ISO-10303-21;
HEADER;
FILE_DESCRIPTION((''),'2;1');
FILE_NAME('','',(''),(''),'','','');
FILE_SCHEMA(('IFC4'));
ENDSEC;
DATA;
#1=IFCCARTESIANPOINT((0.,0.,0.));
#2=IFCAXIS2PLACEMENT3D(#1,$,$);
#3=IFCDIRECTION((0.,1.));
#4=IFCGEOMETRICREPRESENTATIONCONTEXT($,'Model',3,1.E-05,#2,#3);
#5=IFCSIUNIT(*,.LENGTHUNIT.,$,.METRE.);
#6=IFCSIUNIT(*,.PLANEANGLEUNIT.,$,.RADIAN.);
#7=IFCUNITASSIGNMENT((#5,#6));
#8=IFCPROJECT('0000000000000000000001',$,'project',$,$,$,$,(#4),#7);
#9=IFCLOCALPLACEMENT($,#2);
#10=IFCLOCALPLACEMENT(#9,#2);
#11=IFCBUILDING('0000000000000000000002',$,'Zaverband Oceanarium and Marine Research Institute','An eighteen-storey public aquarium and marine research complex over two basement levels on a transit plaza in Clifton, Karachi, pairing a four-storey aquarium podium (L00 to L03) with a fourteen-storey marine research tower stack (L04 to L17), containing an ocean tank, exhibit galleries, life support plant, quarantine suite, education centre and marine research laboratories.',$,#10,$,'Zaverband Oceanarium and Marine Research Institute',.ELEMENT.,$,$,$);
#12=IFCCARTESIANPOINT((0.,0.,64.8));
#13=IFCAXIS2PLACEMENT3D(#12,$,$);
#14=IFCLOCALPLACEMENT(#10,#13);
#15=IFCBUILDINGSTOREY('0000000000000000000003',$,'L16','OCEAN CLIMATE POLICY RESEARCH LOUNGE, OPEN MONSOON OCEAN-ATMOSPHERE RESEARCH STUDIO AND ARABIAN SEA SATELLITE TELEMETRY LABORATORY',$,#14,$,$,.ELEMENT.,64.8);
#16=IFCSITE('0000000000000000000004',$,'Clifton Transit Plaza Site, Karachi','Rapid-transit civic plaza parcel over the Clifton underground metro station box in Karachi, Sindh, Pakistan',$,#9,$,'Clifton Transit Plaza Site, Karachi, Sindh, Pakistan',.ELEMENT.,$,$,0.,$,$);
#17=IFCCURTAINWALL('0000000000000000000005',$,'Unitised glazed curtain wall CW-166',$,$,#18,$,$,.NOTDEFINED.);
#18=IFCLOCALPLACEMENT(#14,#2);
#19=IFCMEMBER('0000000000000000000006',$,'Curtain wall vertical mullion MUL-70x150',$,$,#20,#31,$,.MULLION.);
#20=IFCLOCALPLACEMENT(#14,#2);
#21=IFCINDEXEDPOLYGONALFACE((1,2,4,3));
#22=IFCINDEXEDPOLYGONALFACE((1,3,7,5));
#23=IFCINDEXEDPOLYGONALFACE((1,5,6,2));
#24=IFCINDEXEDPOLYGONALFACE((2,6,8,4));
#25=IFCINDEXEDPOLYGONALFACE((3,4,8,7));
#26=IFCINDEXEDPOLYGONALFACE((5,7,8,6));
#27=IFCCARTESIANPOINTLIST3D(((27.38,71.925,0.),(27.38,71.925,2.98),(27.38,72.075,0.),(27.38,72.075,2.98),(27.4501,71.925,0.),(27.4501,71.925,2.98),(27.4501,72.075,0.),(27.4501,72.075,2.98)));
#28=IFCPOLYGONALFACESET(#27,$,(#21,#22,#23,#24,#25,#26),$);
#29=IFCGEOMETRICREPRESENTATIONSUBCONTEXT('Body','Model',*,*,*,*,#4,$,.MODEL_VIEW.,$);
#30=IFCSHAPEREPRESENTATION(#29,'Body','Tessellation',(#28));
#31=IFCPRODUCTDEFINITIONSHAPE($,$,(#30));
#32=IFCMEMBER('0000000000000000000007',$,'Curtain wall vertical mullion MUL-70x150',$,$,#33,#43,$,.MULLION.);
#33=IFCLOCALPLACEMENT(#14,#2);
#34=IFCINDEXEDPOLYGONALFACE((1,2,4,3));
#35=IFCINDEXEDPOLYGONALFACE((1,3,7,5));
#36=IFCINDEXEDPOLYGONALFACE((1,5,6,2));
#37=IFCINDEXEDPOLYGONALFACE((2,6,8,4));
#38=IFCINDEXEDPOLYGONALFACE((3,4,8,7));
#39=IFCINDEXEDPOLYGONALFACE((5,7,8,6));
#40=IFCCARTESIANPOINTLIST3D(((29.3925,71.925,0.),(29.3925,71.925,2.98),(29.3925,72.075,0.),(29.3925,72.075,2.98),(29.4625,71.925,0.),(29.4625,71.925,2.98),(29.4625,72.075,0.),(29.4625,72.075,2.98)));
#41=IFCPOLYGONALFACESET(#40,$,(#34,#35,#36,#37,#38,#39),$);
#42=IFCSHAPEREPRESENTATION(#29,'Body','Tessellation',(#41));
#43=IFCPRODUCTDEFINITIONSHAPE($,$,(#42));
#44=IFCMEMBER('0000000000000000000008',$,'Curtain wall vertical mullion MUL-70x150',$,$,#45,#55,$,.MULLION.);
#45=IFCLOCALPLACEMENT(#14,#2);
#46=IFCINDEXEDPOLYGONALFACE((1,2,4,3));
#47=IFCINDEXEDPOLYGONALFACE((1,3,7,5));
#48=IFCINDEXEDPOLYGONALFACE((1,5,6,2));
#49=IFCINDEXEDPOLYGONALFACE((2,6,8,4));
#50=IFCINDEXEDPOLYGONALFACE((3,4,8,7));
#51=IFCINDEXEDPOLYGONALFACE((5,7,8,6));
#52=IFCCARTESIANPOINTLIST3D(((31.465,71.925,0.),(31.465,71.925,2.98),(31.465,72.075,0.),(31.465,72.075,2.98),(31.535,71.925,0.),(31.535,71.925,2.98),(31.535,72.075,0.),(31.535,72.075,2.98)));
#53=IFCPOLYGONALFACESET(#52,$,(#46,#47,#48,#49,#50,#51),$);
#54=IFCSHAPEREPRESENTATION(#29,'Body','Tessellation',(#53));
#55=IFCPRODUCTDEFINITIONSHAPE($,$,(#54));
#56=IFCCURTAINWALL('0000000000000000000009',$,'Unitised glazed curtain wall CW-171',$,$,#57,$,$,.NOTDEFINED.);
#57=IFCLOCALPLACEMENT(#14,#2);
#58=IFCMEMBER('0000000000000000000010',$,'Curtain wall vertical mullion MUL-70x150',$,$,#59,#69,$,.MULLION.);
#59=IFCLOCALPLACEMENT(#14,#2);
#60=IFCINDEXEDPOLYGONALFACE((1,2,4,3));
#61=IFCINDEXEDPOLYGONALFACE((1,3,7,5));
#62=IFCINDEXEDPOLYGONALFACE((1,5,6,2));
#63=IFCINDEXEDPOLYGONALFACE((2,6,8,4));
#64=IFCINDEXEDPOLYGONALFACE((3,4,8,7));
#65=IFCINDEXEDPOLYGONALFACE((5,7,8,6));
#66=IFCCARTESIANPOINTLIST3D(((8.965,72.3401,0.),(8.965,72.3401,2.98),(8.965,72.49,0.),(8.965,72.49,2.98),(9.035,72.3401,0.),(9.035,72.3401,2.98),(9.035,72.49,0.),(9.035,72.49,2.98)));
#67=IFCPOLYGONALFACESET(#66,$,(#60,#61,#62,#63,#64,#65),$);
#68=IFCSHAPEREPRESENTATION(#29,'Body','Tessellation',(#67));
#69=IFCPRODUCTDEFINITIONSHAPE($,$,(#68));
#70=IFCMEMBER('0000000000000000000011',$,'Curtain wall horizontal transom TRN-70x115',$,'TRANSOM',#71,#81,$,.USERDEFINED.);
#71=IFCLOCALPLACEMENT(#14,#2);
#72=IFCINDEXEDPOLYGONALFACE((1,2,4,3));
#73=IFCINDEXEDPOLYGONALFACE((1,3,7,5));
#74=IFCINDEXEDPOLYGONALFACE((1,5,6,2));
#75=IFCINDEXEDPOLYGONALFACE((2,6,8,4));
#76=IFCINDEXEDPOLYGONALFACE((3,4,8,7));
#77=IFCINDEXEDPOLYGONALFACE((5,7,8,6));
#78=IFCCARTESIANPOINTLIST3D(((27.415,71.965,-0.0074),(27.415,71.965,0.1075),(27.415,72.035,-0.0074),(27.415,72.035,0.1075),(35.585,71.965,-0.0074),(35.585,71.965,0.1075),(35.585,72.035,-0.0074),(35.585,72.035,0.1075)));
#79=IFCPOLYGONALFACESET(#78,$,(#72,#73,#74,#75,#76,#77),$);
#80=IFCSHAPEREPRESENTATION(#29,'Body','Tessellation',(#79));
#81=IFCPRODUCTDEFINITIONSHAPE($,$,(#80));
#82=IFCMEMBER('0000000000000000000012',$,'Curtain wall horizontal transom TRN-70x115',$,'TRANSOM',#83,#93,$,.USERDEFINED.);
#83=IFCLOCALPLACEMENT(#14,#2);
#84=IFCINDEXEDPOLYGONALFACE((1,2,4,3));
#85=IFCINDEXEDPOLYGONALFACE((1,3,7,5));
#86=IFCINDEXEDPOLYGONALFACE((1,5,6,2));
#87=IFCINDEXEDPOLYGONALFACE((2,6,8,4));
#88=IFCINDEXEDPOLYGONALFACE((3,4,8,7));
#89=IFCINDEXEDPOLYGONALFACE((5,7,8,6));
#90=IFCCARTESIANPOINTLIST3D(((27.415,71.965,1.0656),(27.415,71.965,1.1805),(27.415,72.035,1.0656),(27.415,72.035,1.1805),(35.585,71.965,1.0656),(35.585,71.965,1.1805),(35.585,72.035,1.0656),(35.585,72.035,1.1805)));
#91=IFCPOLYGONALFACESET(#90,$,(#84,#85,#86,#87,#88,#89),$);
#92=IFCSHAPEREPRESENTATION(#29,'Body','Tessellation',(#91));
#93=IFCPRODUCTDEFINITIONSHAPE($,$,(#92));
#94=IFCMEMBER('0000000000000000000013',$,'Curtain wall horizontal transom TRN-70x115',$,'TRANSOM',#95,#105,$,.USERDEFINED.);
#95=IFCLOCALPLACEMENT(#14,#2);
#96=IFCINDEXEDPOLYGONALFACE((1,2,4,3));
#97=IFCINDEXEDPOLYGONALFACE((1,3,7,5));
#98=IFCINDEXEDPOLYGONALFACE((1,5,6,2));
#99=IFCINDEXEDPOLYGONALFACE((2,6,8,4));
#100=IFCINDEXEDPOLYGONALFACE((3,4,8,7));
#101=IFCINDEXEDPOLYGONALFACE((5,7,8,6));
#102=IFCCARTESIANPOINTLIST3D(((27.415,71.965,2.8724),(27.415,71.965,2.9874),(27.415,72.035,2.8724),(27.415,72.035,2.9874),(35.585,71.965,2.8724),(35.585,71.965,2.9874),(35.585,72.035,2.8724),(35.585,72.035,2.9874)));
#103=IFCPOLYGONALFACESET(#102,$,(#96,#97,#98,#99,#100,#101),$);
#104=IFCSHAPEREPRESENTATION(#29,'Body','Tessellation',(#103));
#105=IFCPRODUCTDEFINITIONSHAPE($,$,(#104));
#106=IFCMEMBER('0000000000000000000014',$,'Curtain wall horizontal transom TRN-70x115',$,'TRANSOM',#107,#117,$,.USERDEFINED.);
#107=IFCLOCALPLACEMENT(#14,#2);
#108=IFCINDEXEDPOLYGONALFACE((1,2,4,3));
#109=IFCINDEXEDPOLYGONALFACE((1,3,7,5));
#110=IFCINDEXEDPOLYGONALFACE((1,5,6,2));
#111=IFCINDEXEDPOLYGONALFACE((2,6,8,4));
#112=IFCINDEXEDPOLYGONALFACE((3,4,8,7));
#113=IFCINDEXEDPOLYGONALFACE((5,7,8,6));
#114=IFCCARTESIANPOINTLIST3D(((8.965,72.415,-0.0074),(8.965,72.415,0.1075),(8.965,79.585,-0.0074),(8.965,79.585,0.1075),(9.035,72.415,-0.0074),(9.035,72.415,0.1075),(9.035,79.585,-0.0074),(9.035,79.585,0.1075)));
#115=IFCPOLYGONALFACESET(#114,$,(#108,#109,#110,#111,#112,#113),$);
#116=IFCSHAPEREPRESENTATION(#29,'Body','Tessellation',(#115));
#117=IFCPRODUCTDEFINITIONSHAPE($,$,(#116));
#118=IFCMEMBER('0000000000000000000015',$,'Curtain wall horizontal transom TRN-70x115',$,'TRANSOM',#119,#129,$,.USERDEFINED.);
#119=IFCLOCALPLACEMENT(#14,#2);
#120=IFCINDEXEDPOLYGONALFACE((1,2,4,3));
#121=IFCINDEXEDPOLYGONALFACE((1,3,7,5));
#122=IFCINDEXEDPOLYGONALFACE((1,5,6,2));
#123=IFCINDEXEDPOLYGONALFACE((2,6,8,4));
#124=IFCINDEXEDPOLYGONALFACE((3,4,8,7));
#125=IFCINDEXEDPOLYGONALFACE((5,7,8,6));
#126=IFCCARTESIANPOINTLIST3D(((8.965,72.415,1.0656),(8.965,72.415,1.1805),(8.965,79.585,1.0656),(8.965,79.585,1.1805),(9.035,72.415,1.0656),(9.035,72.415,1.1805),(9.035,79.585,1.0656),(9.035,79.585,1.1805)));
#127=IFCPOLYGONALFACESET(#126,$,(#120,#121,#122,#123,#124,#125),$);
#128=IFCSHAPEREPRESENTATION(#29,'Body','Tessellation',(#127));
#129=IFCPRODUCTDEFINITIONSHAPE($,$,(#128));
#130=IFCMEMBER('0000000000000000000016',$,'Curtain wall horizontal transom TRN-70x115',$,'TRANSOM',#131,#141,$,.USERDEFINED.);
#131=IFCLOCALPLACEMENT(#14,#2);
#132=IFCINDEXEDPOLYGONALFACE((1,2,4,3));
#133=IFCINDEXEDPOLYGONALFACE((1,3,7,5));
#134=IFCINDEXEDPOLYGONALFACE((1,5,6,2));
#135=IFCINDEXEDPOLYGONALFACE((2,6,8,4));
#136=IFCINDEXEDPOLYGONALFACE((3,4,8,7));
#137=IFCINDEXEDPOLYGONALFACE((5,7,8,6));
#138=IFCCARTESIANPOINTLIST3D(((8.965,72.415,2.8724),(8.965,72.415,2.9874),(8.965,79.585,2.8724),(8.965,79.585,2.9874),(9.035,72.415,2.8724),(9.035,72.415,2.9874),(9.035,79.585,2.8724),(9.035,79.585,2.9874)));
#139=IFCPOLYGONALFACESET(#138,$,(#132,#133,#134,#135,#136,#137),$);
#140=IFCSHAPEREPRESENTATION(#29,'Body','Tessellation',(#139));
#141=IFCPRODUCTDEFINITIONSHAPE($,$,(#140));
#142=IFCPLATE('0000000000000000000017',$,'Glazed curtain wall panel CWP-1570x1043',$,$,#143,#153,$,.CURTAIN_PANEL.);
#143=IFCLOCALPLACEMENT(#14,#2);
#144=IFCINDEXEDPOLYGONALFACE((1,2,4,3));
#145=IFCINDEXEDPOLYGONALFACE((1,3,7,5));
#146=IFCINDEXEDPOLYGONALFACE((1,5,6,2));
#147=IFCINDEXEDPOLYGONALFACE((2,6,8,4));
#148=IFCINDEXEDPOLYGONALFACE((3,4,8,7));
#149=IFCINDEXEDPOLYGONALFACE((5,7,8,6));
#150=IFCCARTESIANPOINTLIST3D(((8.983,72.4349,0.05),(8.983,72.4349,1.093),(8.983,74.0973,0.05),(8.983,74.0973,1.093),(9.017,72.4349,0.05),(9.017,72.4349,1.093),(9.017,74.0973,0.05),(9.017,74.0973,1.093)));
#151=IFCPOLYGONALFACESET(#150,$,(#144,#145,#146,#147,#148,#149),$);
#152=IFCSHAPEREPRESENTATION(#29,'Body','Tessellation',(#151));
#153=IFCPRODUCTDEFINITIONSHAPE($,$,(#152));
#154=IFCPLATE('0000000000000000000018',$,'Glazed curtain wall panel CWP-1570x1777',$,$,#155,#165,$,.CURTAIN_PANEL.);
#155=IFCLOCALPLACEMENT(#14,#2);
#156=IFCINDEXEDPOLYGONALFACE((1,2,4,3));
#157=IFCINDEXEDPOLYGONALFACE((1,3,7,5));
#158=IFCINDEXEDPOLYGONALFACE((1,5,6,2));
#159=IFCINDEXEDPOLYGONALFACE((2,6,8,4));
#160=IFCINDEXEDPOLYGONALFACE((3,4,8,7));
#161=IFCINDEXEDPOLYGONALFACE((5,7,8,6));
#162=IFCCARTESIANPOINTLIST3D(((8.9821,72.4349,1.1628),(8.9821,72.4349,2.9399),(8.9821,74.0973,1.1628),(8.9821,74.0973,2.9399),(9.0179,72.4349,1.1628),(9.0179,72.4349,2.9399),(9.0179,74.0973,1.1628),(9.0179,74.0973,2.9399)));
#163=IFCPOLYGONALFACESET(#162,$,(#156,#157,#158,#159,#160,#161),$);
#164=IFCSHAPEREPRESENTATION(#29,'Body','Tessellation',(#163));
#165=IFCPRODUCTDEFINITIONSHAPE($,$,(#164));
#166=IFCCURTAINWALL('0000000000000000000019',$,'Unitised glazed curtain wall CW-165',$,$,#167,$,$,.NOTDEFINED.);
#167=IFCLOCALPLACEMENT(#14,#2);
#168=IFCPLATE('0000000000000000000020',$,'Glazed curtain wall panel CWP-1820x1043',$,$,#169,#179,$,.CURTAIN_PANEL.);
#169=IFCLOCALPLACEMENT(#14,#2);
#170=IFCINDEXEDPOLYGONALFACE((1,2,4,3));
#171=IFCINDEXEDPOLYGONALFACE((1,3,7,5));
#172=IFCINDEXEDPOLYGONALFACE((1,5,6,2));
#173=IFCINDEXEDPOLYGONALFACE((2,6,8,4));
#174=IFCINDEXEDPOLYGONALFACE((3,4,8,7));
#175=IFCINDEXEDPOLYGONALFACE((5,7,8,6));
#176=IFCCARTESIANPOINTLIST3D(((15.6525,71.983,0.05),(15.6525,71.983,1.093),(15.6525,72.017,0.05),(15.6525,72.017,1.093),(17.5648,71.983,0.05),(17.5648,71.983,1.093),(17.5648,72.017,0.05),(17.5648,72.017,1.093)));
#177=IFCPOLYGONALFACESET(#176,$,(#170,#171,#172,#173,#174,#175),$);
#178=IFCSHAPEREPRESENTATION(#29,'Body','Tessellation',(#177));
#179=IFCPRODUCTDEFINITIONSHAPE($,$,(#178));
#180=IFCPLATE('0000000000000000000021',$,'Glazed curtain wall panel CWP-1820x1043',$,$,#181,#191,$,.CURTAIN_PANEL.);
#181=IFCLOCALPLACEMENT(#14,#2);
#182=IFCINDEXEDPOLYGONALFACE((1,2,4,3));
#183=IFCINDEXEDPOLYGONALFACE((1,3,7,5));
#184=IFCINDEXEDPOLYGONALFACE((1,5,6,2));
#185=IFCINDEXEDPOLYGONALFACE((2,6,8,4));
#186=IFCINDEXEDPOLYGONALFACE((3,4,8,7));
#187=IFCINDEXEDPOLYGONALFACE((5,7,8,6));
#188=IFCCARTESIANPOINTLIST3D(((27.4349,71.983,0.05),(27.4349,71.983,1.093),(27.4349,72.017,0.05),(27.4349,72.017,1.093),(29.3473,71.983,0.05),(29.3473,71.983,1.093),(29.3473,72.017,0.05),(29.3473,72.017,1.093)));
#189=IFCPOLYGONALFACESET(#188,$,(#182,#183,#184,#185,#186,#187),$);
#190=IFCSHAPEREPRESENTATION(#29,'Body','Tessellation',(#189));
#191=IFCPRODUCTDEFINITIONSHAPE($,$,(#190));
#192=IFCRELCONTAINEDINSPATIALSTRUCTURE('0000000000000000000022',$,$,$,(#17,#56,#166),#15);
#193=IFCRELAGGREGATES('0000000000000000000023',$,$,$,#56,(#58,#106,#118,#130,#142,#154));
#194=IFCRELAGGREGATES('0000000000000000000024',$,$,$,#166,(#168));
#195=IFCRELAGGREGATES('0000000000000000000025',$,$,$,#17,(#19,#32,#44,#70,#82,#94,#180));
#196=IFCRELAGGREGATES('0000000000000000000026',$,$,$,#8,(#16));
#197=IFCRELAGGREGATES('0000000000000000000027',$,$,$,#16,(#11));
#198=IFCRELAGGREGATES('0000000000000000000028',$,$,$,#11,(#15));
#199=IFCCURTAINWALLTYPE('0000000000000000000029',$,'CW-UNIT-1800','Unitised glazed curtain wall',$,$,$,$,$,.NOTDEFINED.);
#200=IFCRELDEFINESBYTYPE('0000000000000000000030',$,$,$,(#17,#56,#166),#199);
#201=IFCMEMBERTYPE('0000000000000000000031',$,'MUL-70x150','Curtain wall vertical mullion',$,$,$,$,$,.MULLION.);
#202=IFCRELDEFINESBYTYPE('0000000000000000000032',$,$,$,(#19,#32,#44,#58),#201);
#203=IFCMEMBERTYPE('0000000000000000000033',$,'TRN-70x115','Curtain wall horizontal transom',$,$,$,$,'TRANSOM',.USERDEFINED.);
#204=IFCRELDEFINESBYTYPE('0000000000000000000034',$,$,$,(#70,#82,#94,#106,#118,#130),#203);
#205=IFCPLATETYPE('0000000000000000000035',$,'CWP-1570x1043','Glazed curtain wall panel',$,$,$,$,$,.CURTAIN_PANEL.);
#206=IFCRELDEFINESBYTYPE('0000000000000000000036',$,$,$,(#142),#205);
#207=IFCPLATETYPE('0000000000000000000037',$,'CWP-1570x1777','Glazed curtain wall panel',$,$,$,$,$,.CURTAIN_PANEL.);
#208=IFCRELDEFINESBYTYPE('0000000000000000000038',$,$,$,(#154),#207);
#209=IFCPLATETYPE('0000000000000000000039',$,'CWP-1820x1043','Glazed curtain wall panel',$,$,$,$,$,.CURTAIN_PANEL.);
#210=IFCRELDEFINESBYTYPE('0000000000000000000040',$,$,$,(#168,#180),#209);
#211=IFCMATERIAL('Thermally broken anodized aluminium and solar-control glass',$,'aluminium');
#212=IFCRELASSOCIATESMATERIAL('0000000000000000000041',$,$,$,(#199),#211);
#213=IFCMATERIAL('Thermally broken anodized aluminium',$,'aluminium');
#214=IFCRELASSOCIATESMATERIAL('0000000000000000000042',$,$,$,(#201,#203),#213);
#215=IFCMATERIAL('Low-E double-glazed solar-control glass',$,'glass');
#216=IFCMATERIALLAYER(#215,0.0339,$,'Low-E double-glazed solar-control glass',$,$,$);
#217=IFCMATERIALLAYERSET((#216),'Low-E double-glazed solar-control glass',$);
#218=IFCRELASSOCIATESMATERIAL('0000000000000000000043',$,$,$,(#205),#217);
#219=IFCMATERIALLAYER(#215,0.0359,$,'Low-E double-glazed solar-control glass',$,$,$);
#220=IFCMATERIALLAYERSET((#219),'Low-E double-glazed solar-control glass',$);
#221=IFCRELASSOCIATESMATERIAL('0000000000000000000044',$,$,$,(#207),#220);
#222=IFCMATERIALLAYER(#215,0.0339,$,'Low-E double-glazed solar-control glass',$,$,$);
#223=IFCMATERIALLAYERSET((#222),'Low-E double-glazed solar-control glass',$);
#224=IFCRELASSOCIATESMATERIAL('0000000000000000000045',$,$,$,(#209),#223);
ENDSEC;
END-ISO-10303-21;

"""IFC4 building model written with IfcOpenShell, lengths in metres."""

from ifc_helpers import new_model, si_unit, direction, frame, frame_2d, origin, origin_2d, place, context, subcontext, project, spatial, rectangle, extrude, material, layer, layer_set, material_profile, profile_set, type_object, element, aggregate, save


model = new_model("IFC4")

# Units and contexts
model_context = context("Model", 3, precision=1e-05, world=origin(), true_north=direction((0.0, 1.0)))
body_context = subcontext(model_context, "Body", "Model", "MODEL_VIEW")
ifc_project = project(units=[si_unit("LENGTHUNIT", "METRE"), si_unit("PLANEANGLEUNIT", "RADIAN")], contexts=[model_context])

# Site, building, storey
site_placement = place(None, origin())
site = spatial("IfcSite", under=ifc_project, at=site_placement, Name="Clifton Transit Plaza Site, Karachi", Description="Rapid-transit civic plaza parcel over the Clifton underground metro station box in Karachi, Sindh, Pakistan", LongName="Clifton Transit Plaza Site, Karachi, Sindh, Pakistan", CompositionType="ELEMENT", RefElevation=0.0)
building_placement = place(site_placement, origin())
building = spatial("IfcBuilding", under=site, at=building_placement, Name="Zaverband Oceanarium and Marine Research Institute", Description="An eighteen-storey public aquarium and marine research complex over two basement levels on a transit plaza in Clifton, Karachi, pairing a four-storey aquarium podium (L00 to L03) with a fourteen-storey marine research tower stack (L04 to L17), containing an ocean tank, exhibit galleries, life support plant, quarantine suite, education centre and marine research laboratories.", LongName="Zaverband Oceanarium and Marine Research Institute", CompositionType="ELEMENT")
storey_placement = place(building_placement, frame((0.0, 0.0, 64.8)))
storey = spatial("IfcBuildingStorey", under=building, at=storey_placement, Name="L16", Description="OCEAN CLIMATE POLICY RESEARCH LOUNGE, OPEN MONSOON OCEAN-ATMOSPHERE RESEARCH STUDIO AND ARABIAN SEA SATELLITE TELEMETRY LABORATORY", CompositionType="ELEMENT", Elevation=64.8)

# Curtain wall, members
ifc_material_1 = material(Name="Thermally broken anodized aluminium and solar-control glass", Category="aluminium")
curtain_wall_type = type_object("IfcCurtainWallType", Name="CW-UNIT-1800", Description="Unitised glazed curtain wall", PredefinedType="NOTDEFINED", material=ifc_material_1)
curtain_wall_1_placement = place(storey_placement, origin())
curtain_wall_1 = element("IfcCurtainWall", 1, at=curtain_wall_1_placement, inside=storey, type_object=curtain_wall_type, Name="Unitised glazed curtain wall CW-166", PredefinedType="NOTDEFINED")
ifc_material_2 = material(Name="Thermally broken anodized aluminium", Category="aluminium")
ifc_material_profile_1 = material_profile(ifc_material_2, rectangle(XDim=0.0701, YDim=0.1499, at=origin_2d()), Name="AL-MUL-70x150")
ifc_profile_set_1 = profile_set([ifc_material_profile_1], Name="Thermally broken anodized aluminium")
member_type_1 = type_object("IfcMemberType", Name="MUL-70x150", Description="Curtain wall vertical mullion", PredefinedType="MULLION", material=ifc_profile_set_1)
member_1_placement = place(storey_placement, frame((27.415, 72.0, 0.0), z_axis=(0.0, 0.0, 1.0), x_axis=(1.0, 0.0, 0.0)))
member_1 = element("IfcMember", 2, at=member_1_placement, type_object=member_type_1, Name="Curtain wall vertical mullion MUL-70x150", PredefinedType="MULLION", context=body_context, shape_type="SweptSolid", body=[
    extrude(rectangle(XDim=0.0701, YDim=0.1499, at=origin_2d()), origin(), (0.0, 0.0, 1.0), 2.98),
])
member_2_placement = place(storey_placement, frame((29.4275, 72.0, 0.0), z_axis=(0.0, 0.0, 1.0), x_axis=(1.0, 0.0, 0.0)))
member_2 = element("IfcMember", 3, at=member_2_placement, type_object=member_type_1, Name="Curtain wall vertical mullion MUL-70x150", PredefinedType="MULLION", context=body_context, shape_type="SweptSolid", body=[
    extrude(rectangle(XDim=0.0701, YDim=0.1499, at=origin_2d()), origin(), (0.0, 0.0, 1.0), 2.98),
])
member_3_placement = place(storey_placement, frame((31.5, 72.0, 0.0), z_axis=(0.0, 0.0, 1.0), x_axis=(1.0, 0.0, 0.0)))
member_3 = element("IfcMember", 4, at=member_3_placement, type_object=member_type_1, Name="Curtain wall vertical mullion MUL-70x150", PredefinedType="MULLION", context=body_context, shape_type="SweptSolid", body=[
    extrude(rectangle(XDim=0.0701, YDim=0.1499, at=origin_2d()), origin(), (0.0, 0.0, 1.0), 2.98),
])

# Curtain wall, member
curtain_wall_2_placement = place(storey_placement, origin())
curtain_wall_2 = element("IfcCurtainWall", 5, at=curtain_wall_2_placement, inside=storey, type_object=curtain_wall_type, Name="Unitised glazed curtain wall CW-171", PredefinedType="NOTDEFINED")
member_4_placement = place(storey_placement, frame((9.0, 72.415, 0.0), z_axis=(0.0, 0.0, 1.0), x_axis=(1.0, 0.0, 0.0)))
member_4 = element("IfcMember", 6, at=member_4_placement, type_object=member_type_1, Name="Curtain wall vertical mullion MUL-70x150", PredefinedType="MULLION", context=body_context, shape_type="SweptSolid", body=[
    extrude(rectangle(XDim=0.0701, YDim=0.1499, at=origin_2d()), origin(), (0.0, 0.0, 1.0), 2.98),
])

# Members
ifc_material_profile_2 = material_profile(ifc_material_2, rectangle(XDim=0.0701, YDim=0.115, at=origin_2d()), Name="AL-TRN-70x115")
ifc_profile_set_2 = profile_set([ifc_material_profile_2], Name="Thermally broken anodized aluminium")
member_type_2 = type_object("IfcMemberType", Name="TRN-70x115", Description="Curtain wall horizontal transom", ElementType="TRANSOM", PredefinedType="USERDEFINED", material=ifc_profile_set_2)
member_5_placement = place(storey_placement, frame((27.415, 72.0, 0.05), z_axis=(1.0, 0.0, 0.0), x_axis=(0.0, 1.0, 0.0)))
member_5 = element("IfcMember", 7, at=member_5_placement, type_object=member_type_2, Name="Curtain wall horizontal transom TRN-70x115", ObjectType="TRANSOM", PredefinedType="USERDEFINED", context=body_context, shape_type="SweptSolid", body=[
    extrude(rectangle(XDim=0.0701, YDim=0.115, at=origin_2d()), origin(), (0.0, 0.0, 1.0), 8.1699),
])
member_6_placement = place(storey_placement, frame((27.415, 72.0, 1.123), z_axis=(1.0, 0.0, 0.0), x_axis=(0.0, 1.0, 0.0)))
member_6 = element("IfcMember", 8, at=member_6_placement, type_object=member_type_2, Name="Curtain wall horizontal transom TRN-70x115", ObjectType="TRANSOM", PredefinedType="USERDEFINED", context=body_context, shape_type="SweptSolid", body=[
    extrude(rectangle(XDim=0.0701, YDim=0.115, at=origin_2d()), origin(), (0.0, 0.0, 1.0), 8.1699),
])
member_7_placement = place(storey_placement, frame((27.415, 72.0, 2.9299), z_axis=(1.0, 0.0, 0.0), x_axis=(0.0, 1.0, 0.0)))
member_7 = element("IfcMember", 9, at=member_7_placement, type_object=member_type_2, Name="Curtain wall horizontal transom TRN-70x115", ObjectType="TRANSOM", PredefinedType="USERDEFINED", context=body_context, shape_type="SweptSolid", body=[
    extrude(rectangle(XDim=0.0701, YDim=0.115, at=origin_2d()), origin(), (0.0, 0.0, 1.0), 8.1699),
])
member_8_placement = place(storey_placement, frame((9.0, 72.415, 0.05), z_axis=(0.0, 1.0, 0.0), x_axis=(-1.0, 0.0, 0.0)))
member_8 = element("IfcMember", 10, at=member_8_placement, type_object=member_type_2, Name="Curtain wall horizontal transom TRN-70x115", ObjectType="TRANSOM", PredefinedType="USERDEFINED", context=body_context, shape_type="SweptSolid", body=[
    extrude(rectangle(XDim=0.0701, YDim=0.115, at=origin_2d()), origin(), (0.0, 0.0, 1.0), 7.1699),
])
member_9_placement = place(storey_placement, frame((9.0, 72.415, 1.123), z_axis=(0.0, 1.0, 0.0), x_axis=(-1.0, 0.0, 0.0)))
member_9 = element("IfcMember", 11, at=member_9_placement, type_object=member_type_2, Name="Curtain wall horizontal transom TRN-70x115", ObjectType="TRANSOM", PredefinedType="USERDEFINED", context=body_context, shape_type="SweptSolid", body=[
    extrude(rectangle(XDim=0.0701, YDim=0.115, at=origin_2d()), origin(), (0.0, 0.0, 1.0), 7.1699),
])
member_10_placement = place(storey_placement, frame((9.0, 72.415, 2.9299), z_axis=(0.0, 1.0, 0.0), x_axis=(-1.0, 0.0, 0.0)))
member_10 = element("IfcMember", 12, at=member_10_placement, type_object=member_type_2, Name="Curtain wall horizontal transom TRN-70x115", ObjectType="TRANSOM", PredefinedType="USERDEFINED", context=body_context, shape_type="SweptSolid", body=[
    extrude(rectangle(XDim=0.0701, YDim=0.115, at=origin_2d()), origin(), (0.0, 0.0, 1.0), 7.1699),
])

# Plates
ifc_material_3 = material(Name="Low-E double-glazed solar-control glass", Category="glass")
ifc_layer_1 = layer(ifc_material_3, 0.0339, Name="Low-E double-glazed solar-control glass")
ifc_layer_set_1 = layer_set([ifc_layer_1], Name="Low-E double-glazed solar-control glass")
plate_type_1 = type_object("IfcPlateType", Name="CWP-1570x1043", Description="Glazed curtain wall panel", PredefinedType="CURTAIN_PANEL", material=ifc_layer_set_1)
plate_1_placement = place(storey_placement, frame((9.0, 72.4351, 0.05), z_axis=(0.0, 0.0, 1.0), x_axis=(0.0, 1.0, 0.0)))
plate_1 = element("IfcPlate", 13, at=plate_1_placement, type_object=plate_type_1, Name="Glazed curtain wall panel CWP-1570x1043", PredefinedType="CURTAIN_PANEL", context=body_context, shape_type="SweptSolid", body=[
    extrude(rectangle(XDim=1.6624, YDim=0.0339, at=frame_2d((0.8311, 0.0))), origin(), (0.0, 0.0, 1.0), 1.043),
])
ifc_layer_2 = layer(ifc_material_3, 0.0359, Name="Low-E double-glazed solar-control glass")
ifc_layer_set_2 = layer_set([ifc_layer_2], Name="Low-E double-glazed solar-control glass")
plate_type_2 = type_object("IfcPlateType", Name="CWP-1570x1777", Description="Glazed curtain wall panel", PredefinedType="CURTAIN_PANEL", material=ifc_layer_set_2)
plate_2_placement = place(storey_placement, frame((9.0, 72.4351, 1.1628), z_axis=(0.0, 0.0, 1.0), x_axis=(0.0, 1.0, 0.0)))
plate_2 = element("IfcPlate", 14, at=plate_2_placement, type_object=plate_type_2, Name="Glazed curtain wall panel CWP-1570x1777", PredefinedType="CURTAIN_PANEL", context=body_context, shape_type="SweptSolid", body=[
    extrude(rectangle(XDim=1.6624, YDim=0.0359, at=frame_2d((0.8311, 0.0))), origin(), (0.0, 0.0, 1.0), 1.7771),
])
aggregate(curtain_wall_2, [member_4, member_8, member_9, member_10, plate_1, plate_2])

# Curtain wall, plate
curtain_wall_3_placement = place(storey_placement, origin())
curtain_wall_3 = element("IfcCurtainWall", 15, at=curtain_wall_3_placement, inside=storey, type_object=curtain_wall_type, Name="Unitised glazed curtain wall CW-165", PredefinedType="NOTDEFINED")
ifc_layer_3 = layer(ifc_material_3, 0.0339, Name="Low-E double-glazed solar-control glass")
ifc_layer_set_3 = layer_set([ifc_layer_3], Name="Low-E double-glazed solar-control glass")
plate_type_3 = type_object("IfcPlateType", Name="CWP-1820x1043", Description="Glazed curtain wall panel", PredefinedType="CURTAIN_PANEL", material=ifc_layer_set_3)
plate_3_placement = place(storey_placement, frame((15.6526, 72.0, 0.05), z_axis=(0.0, 0.0, 1.0), x_axis=(1.0, 0.0, 0.0)))
plate_3 = element("IfcPlate", 16, at=plate_3_placement, type_object=plate_type_3, Name="Glazed curtain wall panel CWP-1820x1043", PredefinedType="CURTAIN_PANEL", context=body_context, shape_type="SweptSolid", body=[
    extrude(rectangle(XDim=1.9124, YDim=0.0339, at=frame_2d((0.9561, 0.0))), origin(), (0.0, 0.0, 1.0), 1.043),
])

# Plate
plate_4_placement = place(storey_placement, frame((27.4351, 72.0, 0.05), z_axis=(0.0, 0.0, 1.0), x_axis=(1.0, 0.0, 0.0)))
plate_4 = element("IfcPlate", 17, at=plate_4_placement, type_object=plate_type_3, Name="Glazed curtain wall panel CWP-1820x1043", PredefinedType="CURTAIN_PANEL", context=body_context, shape_type="SweptSolid", body=[
    extrude(rectangle(XDim=1.9124, YDim=0.0339, at=frame_2d((0.9561, 0.0))), origin(), (0.0, 0.0, 1.0), 1.043),
])
aggregate(curtain_wall_3, [plate_3])
aggregate(curtain_wall_1, [member_1, member_2, member_3, member_5, member_6, member_7, plate_4])

save(model, "model.ifc")
